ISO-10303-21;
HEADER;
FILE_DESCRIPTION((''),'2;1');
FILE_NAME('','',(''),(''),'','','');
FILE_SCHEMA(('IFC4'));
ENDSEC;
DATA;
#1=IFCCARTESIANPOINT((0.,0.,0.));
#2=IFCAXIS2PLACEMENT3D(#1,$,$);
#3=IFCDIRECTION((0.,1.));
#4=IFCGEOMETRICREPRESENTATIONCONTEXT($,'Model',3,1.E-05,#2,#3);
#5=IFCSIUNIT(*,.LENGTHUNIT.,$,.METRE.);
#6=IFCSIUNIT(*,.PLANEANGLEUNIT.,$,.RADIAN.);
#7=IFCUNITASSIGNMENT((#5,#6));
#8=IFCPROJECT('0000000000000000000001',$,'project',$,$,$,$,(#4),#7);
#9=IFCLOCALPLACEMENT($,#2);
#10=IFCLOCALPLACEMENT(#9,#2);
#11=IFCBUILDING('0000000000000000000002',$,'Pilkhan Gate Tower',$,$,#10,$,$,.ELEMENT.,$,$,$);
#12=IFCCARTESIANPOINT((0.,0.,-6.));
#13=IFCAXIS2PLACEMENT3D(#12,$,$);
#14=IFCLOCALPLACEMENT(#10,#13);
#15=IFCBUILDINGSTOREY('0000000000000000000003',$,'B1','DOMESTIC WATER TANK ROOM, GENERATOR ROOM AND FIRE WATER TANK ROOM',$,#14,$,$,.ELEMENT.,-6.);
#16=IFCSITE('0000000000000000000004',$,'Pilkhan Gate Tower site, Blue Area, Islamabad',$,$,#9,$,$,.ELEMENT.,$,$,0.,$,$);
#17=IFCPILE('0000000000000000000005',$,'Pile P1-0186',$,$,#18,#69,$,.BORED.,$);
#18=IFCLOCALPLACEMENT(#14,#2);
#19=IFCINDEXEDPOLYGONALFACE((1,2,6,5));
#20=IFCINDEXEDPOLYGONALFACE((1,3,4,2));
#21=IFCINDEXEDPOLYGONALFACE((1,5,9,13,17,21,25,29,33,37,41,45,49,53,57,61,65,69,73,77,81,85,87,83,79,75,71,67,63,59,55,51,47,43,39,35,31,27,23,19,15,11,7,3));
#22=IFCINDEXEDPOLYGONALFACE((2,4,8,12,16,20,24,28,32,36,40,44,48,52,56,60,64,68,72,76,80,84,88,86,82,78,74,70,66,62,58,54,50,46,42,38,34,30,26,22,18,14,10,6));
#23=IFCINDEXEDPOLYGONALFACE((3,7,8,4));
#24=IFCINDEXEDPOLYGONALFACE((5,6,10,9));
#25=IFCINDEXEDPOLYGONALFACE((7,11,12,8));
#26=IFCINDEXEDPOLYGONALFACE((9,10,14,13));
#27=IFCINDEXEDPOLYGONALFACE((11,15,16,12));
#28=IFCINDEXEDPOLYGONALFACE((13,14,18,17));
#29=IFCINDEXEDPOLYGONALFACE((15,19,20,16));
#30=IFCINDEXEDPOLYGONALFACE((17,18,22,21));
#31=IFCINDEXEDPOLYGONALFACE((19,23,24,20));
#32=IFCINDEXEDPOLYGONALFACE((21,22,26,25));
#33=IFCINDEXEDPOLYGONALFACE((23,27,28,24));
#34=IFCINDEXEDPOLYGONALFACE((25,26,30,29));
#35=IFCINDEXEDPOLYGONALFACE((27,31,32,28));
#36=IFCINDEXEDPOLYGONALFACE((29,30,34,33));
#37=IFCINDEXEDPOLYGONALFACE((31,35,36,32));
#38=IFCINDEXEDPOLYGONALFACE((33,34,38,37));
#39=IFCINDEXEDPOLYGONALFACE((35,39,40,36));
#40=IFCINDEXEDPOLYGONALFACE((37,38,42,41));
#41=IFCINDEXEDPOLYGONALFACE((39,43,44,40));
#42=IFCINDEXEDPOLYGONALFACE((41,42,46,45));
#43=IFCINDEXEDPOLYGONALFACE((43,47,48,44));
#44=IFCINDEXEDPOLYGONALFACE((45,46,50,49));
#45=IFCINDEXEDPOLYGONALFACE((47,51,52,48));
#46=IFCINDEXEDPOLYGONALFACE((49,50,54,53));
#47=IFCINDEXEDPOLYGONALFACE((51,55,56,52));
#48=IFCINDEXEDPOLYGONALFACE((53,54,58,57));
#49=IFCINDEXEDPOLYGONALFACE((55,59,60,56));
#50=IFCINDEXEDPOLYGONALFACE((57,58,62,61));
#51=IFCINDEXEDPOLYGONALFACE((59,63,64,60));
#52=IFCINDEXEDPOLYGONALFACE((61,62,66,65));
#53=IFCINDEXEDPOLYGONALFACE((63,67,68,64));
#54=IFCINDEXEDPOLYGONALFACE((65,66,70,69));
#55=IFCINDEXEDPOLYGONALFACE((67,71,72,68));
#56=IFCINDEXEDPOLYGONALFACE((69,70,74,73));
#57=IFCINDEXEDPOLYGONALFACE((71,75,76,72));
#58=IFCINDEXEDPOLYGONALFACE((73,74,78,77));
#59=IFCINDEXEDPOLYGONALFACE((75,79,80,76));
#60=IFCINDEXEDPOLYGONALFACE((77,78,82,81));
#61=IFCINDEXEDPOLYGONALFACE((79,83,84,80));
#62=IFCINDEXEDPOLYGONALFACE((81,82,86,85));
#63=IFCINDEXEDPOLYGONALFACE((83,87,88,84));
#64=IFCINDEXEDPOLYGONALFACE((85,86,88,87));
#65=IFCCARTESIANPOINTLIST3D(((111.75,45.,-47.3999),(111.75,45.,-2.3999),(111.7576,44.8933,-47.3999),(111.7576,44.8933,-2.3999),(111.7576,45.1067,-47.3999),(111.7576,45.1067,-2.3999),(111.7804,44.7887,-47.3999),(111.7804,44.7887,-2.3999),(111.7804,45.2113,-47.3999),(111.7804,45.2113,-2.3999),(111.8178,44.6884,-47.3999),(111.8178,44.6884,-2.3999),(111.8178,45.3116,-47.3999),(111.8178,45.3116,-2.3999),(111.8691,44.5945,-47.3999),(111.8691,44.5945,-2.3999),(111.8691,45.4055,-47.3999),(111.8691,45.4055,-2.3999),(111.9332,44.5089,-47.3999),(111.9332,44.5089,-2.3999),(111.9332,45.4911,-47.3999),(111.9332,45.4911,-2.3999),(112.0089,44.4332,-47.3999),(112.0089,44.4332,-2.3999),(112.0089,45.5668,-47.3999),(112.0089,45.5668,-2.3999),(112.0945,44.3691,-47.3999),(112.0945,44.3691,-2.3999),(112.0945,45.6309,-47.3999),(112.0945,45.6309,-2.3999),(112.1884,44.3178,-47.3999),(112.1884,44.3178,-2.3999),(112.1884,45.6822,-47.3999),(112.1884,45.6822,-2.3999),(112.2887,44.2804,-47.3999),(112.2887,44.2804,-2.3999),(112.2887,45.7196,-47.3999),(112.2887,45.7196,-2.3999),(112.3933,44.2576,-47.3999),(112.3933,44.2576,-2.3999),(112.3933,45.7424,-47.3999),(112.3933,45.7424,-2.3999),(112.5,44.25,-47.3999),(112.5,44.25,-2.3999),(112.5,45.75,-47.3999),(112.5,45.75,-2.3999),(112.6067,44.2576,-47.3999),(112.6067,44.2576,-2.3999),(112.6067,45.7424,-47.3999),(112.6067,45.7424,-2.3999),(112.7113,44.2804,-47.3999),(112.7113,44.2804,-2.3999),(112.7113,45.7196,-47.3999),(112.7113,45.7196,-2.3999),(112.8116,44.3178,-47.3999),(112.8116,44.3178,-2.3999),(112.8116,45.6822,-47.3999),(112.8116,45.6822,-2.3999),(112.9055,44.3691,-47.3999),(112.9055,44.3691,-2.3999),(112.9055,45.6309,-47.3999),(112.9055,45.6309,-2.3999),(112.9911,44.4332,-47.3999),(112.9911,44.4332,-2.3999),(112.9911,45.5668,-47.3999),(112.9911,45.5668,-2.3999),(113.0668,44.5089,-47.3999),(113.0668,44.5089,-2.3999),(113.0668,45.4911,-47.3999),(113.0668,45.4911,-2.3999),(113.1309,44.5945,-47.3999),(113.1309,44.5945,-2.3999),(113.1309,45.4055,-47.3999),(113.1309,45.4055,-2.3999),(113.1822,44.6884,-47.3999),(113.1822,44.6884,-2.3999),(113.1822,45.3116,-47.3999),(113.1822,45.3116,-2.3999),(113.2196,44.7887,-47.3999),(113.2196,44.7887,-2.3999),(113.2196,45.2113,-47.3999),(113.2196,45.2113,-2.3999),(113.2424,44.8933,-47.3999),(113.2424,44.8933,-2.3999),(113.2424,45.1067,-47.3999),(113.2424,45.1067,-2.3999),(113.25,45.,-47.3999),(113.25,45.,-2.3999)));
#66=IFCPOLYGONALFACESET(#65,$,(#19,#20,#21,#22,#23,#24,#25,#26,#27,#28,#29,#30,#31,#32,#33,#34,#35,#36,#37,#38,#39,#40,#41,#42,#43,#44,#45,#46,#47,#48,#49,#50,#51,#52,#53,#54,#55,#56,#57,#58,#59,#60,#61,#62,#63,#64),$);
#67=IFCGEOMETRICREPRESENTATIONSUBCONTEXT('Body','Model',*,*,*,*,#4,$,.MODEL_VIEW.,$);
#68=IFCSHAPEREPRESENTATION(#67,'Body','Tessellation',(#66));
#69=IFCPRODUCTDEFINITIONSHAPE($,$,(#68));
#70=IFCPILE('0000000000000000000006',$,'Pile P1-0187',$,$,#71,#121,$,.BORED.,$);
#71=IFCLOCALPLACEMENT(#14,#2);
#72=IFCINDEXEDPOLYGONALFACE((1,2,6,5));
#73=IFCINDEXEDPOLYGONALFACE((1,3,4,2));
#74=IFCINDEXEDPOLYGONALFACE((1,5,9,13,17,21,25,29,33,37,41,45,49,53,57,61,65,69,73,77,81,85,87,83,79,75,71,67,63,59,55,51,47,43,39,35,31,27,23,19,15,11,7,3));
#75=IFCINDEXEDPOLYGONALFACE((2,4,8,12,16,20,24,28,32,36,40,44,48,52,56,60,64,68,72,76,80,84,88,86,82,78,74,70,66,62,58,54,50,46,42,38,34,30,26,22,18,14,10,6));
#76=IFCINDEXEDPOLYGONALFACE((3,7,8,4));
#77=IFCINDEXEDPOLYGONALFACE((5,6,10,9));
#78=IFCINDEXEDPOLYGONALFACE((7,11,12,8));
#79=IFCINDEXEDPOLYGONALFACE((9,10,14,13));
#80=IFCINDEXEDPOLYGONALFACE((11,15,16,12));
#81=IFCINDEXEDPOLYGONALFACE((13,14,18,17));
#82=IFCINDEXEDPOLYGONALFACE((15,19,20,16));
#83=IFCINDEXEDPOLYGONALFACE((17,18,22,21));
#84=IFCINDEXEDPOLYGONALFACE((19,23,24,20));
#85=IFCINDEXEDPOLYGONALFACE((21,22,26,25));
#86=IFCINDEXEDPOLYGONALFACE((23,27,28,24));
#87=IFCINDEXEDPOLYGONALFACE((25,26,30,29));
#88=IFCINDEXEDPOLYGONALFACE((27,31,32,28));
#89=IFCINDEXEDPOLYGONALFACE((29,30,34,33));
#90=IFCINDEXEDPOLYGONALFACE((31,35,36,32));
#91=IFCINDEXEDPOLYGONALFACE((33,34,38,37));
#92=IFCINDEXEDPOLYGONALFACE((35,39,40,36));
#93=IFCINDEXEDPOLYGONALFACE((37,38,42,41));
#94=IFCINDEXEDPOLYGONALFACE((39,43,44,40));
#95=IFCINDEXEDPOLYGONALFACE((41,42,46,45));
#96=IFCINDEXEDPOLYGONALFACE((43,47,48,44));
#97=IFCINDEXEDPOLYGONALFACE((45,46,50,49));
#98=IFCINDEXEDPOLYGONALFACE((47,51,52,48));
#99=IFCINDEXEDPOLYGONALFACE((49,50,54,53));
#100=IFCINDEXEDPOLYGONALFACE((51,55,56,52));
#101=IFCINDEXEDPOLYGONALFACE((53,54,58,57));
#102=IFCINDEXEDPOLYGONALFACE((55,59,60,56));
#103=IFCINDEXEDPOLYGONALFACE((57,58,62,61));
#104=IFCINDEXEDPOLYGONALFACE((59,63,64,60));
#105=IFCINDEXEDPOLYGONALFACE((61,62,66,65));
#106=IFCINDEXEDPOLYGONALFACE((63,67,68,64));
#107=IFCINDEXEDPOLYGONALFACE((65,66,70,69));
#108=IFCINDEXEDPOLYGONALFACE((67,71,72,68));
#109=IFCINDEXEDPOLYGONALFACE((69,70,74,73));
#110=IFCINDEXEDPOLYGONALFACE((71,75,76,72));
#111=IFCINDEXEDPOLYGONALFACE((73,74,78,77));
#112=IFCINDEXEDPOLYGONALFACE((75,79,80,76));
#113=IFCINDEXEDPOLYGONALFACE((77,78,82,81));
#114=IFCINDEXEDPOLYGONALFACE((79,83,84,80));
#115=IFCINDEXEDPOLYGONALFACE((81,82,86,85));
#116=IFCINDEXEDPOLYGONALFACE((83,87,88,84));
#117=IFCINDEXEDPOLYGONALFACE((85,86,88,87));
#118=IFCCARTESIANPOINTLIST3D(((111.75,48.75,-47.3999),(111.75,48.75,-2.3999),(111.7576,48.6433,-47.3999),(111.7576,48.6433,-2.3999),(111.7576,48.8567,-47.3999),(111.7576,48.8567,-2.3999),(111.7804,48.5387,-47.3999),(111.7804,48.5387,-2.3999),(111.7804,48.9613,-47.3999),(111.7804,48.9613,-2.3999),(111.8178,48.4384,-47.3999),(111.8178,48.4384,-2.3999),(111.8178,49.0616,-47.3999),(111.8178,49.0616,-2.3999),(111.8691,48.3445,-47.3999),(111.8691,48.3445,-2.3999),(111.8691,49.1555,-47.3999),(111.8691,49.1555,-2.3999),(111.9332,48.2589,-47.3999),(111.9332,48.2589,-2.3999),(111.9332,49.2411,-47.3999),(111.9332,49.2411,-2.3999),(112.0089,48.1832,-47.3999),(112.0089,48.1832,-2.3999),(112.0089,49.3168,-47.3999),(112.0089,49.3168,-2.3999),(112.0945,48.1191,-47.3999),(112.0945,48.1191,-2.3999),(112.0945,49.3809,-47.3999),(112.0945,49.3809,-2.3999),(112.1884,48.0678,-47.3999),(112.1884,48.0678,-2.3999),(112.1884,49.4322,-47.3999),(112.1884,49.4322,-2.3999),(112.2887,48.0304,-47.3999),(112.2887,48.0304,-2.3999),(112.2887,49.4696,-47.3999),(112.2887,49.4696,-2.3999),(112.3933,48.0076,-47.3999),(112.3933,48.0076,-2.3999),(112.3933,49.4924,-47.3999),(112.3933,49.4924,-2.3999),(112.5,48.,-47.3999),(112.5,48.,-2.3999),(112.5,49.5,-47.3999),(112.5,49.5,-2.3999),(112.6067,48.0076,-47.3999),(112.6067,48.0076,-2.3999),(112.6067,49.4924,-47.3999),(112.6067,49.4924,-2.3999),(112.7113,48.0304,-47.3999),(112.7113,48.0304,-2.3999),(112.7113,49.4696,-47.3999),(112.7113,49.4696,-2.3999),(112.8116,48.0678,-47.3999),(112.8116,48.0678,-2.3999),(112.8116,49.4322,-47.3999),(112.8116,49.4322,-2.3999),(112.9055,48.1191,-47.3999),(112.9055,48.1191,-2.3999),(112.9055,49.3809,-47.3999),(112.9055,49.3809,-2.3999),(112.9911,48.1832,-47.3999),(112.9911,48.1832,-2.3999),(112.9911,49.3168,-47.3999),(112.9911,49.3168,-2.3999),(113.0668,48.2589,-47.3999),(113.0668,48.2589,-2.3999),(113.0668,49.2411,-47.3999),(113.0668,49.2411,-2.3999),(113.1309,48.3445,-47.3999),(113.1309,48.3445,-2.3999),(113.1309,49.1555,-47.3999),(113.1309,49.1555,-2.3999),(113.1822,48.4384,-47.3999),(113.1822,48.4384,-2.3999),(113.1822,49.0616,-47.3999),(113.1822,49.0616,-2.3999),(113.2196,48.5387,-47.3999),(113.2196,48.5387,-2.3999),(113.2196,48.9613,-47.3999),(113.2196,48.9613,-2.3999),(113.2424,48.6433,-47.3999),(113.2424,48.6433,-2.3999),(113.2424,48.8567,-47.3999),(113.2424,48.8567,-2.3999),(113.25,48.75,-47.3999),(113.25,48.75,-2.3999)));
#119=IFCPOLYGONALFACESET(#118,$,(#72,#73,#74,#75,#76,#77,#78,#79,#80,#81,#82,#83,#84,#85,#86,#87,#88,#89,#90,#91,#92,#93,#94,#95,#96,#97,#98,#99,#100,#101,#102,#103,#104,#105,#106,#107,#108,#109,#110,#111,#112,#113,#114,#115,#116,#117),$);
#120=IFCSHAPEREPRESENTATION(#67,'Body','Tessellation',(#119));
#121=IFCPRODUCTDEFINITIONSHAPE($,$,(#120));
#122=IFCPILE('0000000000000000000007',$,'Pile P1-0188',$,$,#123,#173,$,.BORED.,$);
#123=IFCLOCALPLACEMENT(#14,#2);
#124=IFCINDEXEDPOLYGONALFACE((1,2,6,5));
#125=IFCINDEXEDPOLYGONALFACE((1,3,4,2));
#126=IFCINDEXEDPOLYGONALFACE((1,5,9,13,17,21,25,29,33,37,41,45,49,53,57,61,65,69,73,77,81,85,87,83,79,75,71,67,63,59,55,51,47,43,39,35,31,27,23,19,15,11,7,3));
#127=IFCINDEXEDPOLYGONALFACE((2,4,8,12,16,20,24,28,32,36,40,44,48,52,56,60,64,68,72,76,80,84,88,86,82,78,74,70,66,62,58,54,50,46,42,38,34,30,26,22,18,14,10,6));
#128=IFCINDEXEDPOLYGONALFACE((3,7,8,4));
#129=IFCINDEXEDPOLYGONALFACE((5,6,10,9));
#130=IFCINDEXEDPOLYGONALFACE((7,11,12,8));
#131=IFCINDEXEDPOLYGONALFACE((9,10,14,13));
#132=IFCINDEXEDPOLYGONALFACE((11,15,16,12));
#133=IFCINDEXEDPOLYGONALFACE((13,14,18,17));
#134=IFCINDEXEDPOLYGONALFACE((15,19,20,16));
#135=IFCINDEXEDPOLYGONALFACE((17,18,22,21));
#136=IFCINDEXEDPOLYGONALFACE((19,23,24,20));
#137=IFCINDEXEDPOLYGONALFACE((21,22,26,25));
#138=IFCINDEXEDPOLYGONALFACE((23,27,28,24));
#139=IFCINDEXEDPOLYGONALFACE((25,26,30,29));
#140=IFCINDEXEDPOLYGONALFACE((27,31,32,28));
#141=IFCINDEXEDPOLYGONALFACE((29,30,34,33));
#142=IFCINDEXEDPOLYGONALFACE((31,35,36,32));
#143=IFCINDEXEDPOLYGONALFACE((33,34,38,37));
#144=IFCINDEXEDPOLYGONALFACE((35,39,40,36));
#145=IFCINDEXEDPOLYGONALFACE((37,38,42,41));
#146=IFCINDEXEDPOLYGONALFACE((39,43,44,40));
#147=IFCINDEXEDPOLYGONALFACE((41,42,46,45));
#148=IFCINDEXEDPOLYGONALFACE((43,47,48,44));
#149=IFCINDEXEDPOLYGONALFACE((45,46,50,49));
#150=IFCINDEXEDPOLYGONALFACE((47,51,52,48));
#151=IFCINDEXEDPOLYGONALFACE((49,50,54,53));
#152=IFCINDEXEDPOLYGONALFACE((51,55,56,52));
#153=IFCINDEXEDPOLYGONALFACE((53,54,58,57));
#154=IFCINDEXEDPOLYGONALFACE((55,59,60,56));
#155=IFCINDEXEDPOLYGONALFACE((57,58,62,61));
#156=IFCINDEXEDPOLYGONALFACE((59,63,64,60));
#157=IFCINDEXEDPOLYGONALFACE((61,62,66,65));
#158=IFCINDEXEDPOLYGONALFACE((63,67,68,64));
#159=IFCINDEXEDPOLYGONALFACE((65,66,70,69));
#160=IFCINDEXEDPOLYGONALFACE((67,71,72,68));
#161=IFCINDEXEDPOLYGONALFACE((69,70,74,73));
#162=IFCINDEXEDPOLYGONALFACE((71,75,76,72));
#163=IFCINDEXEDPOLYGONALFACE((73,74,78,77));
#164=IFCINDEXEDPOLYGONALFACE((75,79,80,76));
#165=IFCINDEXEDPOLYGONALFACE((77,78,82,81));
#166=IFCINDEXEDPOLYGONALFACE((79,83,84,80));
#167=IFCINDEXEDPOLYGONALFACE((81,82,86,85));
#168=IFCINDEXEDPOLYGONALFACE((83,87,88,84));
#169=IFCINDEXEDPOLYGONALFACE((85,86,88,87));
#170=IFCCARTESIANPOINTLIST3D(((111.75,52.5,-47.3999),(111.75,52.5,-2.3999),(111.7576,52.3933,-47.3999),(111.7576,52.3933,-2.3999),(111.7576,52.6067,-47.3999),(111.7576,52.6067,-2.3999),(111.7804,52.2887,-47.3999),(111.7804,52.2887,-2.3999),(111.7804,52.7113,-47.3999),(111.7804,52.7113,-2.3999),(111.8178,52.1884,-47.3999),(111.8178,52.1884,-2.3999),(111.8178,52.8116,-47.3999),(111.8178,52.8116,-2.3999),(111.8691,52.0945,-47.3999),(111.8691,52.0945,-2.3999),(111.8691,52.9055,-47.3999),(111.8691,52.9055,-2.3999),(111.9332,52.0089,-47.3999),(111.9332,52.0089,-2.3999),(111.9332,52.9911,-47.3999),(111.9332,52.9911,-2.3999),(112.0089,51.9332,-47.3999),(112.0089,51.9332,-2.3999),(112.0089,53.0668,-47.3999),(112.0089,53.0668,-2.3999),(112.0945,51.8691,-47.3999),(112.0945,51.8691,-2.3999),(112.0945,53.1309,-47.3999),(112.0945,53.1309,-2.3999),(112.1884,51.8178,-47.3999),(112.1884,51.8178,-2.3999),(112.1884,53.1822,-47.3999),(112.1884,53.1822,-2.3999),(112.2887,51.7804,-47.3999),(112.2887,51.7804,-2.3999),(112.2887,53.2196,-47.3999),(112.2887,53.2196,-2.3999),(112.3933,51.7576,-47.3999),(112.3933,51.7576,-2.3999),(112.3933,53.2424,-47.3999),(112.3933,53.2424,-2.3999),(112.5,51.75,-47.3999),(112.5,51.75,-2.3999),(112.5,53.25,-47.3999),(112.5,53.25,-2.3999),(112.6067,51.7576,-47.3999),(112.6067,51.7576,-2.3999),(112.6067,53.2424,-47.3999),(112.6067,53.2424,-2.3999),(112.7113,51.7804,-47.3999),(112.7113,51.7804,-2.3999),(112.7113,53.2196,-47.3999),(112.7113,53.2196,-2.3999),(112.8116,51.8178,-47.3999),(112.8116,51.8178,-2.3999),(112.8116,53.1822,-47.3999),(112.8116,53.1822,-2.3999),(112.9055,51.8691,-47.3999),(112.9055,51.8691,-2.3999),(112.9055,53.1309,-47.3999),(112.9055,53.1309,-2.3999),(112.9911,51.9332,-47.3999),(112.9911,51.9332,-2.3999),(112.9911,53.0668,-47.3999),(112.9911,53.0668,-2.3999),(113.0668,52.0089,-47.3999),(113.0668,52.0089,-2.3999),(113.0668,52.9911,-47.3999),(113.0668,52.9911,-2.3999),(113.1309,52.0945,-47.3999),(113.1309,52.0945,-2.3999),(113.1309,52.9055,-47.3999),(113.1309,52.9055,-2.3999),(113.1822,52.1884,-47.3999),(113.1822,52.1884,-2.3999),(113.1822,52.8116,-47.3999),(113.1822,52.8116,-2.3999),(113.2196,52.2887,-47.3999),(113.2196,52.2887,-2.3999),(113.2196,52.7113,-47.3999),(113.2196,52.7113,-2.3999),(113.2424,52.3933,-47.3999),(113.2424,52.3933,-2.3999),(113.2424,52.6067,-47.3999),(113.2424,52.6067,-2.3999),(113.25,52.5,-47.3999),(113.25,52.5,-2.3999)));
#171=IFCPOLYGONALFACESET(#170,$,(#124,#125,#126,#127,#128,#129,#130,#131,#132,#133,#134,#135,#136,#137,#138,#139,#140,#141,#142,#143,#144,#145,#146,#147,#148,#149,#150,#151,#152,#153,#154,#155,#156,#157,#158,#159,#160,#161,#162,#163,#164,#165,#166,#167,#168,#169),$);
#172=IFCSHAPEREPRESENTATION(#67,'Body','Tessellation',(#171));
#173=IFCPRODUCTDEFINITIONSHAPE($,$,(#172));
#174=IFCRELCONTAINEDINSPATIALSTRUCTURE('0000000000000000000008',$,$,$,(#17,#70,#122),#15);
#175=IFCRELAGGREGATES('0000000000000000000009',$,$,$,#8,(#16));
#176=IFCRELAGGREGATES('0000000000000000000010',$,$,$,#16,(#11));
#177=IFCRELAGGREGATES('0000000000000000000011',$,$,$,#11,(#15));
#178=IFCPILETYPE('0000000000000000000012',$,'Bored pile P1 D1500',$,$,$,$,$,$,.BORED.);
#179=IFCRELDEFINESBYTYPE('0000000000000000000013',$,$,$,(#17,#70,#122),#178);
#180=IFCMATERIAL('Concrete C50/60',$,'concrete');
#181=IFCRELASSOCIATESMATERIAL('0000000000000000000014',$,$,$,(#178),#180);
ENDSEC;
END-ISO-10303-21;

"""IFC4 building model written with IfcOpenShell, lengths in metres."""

from ifc_helpers import new_model, si_unit, direction, frame, origin, origin_2d, place, context, subcontext, project, spatial, circle, extrude, material, material_profile, profile_set, type_object, element, save


model = new_model("IFC4")

# Units and contexts
model_context = context("Model", 3, precision=1e-05, world=origin(), true_north=direction((0.0, 1.0)))
body_context = subcontext(model_context, "Body", "Model", "MODEL_VIEW")
ifc_project = project(units=[si_unit("LENGTHUNIT", "METRE"), si_unit("PLANEANGLEUNIT", "RADIAN")], contexts=[model_context])

# Site, building, storey
site_placement = place(None, origin())
site = spatial("IfcSite", under=ifc_project, at=site_placement, Name="Pilkhan Gate Tower site, Blue Area, Islamabad", CompositionType="ELEMENT", RefElevation=0.0)
building_placement = place(site_placement, origin())
building = spatial("IfcBuilding", under=site, at=building_placement, Name="Pilkhan Gate Tower", CompositionType="ELEMENT")
storey_placement = place(building_placement, frame((0.0, 0.0, -6.0)))
storey = spatial("IfcBuildingStorey", under=building, at=storey_placement, Name="B1", Description="DOMESTIC WATER TANK ROOM, GENERATOR ROOM AND FIRE WATER TANK ROOM", CompositionType="ELEMENT", Elevation=-6.0)

# Piles
ifc_material_1 = material(Name="Concrete C50/60", Category="concrete")
ifc_material_profile_1 = material_profile(ifc_material_1, circle(Radius=0.75, at=origin_2d()), Name="Bored pile 1500 dia")
ifc_profile_set_1 = profile_set([ifc_material_profile_1], Name="Concrete C50/60")
pile_type = type_object("IfcPileType", Name="Bored pile P1 D1500", PredefinedType="BORED", material=ifc_profile_set_1)
for number, where, z_axis, x_axis, name in (
    (1, (112.5, 45.0, -2.3999), (0.0, 0.0, -1.0), (1.0, 0.0, 0.0), "Pile P1-0186"),
    (2, (112.5, 48.75, -2.3999), (0.0, 0.0, -1.0), (1.0, 0.0, 0.0), "Pile P1-0187"),
    (3, (112.5, 52.5, -2.3999), (0.0, 0.0, -1.0), (1.0, 0.0, 0.0), "Pile P1-0188"),
):
    element("IfcPile", number, at=place(storey_placement, frame(where, z_axis=z_axis, x_axis=x_axis)), inside=storey, type_object=pile_type, Name=name, PredefinedType="BORED", context=body_context, shape_type="SweptSolid", body=[
        extrude(circle(Radius=0.75, at=origin_2d()), origin(), (0.0, 0.0, 1.0), 45.0),
    ])

save(model, "model.ifc")
